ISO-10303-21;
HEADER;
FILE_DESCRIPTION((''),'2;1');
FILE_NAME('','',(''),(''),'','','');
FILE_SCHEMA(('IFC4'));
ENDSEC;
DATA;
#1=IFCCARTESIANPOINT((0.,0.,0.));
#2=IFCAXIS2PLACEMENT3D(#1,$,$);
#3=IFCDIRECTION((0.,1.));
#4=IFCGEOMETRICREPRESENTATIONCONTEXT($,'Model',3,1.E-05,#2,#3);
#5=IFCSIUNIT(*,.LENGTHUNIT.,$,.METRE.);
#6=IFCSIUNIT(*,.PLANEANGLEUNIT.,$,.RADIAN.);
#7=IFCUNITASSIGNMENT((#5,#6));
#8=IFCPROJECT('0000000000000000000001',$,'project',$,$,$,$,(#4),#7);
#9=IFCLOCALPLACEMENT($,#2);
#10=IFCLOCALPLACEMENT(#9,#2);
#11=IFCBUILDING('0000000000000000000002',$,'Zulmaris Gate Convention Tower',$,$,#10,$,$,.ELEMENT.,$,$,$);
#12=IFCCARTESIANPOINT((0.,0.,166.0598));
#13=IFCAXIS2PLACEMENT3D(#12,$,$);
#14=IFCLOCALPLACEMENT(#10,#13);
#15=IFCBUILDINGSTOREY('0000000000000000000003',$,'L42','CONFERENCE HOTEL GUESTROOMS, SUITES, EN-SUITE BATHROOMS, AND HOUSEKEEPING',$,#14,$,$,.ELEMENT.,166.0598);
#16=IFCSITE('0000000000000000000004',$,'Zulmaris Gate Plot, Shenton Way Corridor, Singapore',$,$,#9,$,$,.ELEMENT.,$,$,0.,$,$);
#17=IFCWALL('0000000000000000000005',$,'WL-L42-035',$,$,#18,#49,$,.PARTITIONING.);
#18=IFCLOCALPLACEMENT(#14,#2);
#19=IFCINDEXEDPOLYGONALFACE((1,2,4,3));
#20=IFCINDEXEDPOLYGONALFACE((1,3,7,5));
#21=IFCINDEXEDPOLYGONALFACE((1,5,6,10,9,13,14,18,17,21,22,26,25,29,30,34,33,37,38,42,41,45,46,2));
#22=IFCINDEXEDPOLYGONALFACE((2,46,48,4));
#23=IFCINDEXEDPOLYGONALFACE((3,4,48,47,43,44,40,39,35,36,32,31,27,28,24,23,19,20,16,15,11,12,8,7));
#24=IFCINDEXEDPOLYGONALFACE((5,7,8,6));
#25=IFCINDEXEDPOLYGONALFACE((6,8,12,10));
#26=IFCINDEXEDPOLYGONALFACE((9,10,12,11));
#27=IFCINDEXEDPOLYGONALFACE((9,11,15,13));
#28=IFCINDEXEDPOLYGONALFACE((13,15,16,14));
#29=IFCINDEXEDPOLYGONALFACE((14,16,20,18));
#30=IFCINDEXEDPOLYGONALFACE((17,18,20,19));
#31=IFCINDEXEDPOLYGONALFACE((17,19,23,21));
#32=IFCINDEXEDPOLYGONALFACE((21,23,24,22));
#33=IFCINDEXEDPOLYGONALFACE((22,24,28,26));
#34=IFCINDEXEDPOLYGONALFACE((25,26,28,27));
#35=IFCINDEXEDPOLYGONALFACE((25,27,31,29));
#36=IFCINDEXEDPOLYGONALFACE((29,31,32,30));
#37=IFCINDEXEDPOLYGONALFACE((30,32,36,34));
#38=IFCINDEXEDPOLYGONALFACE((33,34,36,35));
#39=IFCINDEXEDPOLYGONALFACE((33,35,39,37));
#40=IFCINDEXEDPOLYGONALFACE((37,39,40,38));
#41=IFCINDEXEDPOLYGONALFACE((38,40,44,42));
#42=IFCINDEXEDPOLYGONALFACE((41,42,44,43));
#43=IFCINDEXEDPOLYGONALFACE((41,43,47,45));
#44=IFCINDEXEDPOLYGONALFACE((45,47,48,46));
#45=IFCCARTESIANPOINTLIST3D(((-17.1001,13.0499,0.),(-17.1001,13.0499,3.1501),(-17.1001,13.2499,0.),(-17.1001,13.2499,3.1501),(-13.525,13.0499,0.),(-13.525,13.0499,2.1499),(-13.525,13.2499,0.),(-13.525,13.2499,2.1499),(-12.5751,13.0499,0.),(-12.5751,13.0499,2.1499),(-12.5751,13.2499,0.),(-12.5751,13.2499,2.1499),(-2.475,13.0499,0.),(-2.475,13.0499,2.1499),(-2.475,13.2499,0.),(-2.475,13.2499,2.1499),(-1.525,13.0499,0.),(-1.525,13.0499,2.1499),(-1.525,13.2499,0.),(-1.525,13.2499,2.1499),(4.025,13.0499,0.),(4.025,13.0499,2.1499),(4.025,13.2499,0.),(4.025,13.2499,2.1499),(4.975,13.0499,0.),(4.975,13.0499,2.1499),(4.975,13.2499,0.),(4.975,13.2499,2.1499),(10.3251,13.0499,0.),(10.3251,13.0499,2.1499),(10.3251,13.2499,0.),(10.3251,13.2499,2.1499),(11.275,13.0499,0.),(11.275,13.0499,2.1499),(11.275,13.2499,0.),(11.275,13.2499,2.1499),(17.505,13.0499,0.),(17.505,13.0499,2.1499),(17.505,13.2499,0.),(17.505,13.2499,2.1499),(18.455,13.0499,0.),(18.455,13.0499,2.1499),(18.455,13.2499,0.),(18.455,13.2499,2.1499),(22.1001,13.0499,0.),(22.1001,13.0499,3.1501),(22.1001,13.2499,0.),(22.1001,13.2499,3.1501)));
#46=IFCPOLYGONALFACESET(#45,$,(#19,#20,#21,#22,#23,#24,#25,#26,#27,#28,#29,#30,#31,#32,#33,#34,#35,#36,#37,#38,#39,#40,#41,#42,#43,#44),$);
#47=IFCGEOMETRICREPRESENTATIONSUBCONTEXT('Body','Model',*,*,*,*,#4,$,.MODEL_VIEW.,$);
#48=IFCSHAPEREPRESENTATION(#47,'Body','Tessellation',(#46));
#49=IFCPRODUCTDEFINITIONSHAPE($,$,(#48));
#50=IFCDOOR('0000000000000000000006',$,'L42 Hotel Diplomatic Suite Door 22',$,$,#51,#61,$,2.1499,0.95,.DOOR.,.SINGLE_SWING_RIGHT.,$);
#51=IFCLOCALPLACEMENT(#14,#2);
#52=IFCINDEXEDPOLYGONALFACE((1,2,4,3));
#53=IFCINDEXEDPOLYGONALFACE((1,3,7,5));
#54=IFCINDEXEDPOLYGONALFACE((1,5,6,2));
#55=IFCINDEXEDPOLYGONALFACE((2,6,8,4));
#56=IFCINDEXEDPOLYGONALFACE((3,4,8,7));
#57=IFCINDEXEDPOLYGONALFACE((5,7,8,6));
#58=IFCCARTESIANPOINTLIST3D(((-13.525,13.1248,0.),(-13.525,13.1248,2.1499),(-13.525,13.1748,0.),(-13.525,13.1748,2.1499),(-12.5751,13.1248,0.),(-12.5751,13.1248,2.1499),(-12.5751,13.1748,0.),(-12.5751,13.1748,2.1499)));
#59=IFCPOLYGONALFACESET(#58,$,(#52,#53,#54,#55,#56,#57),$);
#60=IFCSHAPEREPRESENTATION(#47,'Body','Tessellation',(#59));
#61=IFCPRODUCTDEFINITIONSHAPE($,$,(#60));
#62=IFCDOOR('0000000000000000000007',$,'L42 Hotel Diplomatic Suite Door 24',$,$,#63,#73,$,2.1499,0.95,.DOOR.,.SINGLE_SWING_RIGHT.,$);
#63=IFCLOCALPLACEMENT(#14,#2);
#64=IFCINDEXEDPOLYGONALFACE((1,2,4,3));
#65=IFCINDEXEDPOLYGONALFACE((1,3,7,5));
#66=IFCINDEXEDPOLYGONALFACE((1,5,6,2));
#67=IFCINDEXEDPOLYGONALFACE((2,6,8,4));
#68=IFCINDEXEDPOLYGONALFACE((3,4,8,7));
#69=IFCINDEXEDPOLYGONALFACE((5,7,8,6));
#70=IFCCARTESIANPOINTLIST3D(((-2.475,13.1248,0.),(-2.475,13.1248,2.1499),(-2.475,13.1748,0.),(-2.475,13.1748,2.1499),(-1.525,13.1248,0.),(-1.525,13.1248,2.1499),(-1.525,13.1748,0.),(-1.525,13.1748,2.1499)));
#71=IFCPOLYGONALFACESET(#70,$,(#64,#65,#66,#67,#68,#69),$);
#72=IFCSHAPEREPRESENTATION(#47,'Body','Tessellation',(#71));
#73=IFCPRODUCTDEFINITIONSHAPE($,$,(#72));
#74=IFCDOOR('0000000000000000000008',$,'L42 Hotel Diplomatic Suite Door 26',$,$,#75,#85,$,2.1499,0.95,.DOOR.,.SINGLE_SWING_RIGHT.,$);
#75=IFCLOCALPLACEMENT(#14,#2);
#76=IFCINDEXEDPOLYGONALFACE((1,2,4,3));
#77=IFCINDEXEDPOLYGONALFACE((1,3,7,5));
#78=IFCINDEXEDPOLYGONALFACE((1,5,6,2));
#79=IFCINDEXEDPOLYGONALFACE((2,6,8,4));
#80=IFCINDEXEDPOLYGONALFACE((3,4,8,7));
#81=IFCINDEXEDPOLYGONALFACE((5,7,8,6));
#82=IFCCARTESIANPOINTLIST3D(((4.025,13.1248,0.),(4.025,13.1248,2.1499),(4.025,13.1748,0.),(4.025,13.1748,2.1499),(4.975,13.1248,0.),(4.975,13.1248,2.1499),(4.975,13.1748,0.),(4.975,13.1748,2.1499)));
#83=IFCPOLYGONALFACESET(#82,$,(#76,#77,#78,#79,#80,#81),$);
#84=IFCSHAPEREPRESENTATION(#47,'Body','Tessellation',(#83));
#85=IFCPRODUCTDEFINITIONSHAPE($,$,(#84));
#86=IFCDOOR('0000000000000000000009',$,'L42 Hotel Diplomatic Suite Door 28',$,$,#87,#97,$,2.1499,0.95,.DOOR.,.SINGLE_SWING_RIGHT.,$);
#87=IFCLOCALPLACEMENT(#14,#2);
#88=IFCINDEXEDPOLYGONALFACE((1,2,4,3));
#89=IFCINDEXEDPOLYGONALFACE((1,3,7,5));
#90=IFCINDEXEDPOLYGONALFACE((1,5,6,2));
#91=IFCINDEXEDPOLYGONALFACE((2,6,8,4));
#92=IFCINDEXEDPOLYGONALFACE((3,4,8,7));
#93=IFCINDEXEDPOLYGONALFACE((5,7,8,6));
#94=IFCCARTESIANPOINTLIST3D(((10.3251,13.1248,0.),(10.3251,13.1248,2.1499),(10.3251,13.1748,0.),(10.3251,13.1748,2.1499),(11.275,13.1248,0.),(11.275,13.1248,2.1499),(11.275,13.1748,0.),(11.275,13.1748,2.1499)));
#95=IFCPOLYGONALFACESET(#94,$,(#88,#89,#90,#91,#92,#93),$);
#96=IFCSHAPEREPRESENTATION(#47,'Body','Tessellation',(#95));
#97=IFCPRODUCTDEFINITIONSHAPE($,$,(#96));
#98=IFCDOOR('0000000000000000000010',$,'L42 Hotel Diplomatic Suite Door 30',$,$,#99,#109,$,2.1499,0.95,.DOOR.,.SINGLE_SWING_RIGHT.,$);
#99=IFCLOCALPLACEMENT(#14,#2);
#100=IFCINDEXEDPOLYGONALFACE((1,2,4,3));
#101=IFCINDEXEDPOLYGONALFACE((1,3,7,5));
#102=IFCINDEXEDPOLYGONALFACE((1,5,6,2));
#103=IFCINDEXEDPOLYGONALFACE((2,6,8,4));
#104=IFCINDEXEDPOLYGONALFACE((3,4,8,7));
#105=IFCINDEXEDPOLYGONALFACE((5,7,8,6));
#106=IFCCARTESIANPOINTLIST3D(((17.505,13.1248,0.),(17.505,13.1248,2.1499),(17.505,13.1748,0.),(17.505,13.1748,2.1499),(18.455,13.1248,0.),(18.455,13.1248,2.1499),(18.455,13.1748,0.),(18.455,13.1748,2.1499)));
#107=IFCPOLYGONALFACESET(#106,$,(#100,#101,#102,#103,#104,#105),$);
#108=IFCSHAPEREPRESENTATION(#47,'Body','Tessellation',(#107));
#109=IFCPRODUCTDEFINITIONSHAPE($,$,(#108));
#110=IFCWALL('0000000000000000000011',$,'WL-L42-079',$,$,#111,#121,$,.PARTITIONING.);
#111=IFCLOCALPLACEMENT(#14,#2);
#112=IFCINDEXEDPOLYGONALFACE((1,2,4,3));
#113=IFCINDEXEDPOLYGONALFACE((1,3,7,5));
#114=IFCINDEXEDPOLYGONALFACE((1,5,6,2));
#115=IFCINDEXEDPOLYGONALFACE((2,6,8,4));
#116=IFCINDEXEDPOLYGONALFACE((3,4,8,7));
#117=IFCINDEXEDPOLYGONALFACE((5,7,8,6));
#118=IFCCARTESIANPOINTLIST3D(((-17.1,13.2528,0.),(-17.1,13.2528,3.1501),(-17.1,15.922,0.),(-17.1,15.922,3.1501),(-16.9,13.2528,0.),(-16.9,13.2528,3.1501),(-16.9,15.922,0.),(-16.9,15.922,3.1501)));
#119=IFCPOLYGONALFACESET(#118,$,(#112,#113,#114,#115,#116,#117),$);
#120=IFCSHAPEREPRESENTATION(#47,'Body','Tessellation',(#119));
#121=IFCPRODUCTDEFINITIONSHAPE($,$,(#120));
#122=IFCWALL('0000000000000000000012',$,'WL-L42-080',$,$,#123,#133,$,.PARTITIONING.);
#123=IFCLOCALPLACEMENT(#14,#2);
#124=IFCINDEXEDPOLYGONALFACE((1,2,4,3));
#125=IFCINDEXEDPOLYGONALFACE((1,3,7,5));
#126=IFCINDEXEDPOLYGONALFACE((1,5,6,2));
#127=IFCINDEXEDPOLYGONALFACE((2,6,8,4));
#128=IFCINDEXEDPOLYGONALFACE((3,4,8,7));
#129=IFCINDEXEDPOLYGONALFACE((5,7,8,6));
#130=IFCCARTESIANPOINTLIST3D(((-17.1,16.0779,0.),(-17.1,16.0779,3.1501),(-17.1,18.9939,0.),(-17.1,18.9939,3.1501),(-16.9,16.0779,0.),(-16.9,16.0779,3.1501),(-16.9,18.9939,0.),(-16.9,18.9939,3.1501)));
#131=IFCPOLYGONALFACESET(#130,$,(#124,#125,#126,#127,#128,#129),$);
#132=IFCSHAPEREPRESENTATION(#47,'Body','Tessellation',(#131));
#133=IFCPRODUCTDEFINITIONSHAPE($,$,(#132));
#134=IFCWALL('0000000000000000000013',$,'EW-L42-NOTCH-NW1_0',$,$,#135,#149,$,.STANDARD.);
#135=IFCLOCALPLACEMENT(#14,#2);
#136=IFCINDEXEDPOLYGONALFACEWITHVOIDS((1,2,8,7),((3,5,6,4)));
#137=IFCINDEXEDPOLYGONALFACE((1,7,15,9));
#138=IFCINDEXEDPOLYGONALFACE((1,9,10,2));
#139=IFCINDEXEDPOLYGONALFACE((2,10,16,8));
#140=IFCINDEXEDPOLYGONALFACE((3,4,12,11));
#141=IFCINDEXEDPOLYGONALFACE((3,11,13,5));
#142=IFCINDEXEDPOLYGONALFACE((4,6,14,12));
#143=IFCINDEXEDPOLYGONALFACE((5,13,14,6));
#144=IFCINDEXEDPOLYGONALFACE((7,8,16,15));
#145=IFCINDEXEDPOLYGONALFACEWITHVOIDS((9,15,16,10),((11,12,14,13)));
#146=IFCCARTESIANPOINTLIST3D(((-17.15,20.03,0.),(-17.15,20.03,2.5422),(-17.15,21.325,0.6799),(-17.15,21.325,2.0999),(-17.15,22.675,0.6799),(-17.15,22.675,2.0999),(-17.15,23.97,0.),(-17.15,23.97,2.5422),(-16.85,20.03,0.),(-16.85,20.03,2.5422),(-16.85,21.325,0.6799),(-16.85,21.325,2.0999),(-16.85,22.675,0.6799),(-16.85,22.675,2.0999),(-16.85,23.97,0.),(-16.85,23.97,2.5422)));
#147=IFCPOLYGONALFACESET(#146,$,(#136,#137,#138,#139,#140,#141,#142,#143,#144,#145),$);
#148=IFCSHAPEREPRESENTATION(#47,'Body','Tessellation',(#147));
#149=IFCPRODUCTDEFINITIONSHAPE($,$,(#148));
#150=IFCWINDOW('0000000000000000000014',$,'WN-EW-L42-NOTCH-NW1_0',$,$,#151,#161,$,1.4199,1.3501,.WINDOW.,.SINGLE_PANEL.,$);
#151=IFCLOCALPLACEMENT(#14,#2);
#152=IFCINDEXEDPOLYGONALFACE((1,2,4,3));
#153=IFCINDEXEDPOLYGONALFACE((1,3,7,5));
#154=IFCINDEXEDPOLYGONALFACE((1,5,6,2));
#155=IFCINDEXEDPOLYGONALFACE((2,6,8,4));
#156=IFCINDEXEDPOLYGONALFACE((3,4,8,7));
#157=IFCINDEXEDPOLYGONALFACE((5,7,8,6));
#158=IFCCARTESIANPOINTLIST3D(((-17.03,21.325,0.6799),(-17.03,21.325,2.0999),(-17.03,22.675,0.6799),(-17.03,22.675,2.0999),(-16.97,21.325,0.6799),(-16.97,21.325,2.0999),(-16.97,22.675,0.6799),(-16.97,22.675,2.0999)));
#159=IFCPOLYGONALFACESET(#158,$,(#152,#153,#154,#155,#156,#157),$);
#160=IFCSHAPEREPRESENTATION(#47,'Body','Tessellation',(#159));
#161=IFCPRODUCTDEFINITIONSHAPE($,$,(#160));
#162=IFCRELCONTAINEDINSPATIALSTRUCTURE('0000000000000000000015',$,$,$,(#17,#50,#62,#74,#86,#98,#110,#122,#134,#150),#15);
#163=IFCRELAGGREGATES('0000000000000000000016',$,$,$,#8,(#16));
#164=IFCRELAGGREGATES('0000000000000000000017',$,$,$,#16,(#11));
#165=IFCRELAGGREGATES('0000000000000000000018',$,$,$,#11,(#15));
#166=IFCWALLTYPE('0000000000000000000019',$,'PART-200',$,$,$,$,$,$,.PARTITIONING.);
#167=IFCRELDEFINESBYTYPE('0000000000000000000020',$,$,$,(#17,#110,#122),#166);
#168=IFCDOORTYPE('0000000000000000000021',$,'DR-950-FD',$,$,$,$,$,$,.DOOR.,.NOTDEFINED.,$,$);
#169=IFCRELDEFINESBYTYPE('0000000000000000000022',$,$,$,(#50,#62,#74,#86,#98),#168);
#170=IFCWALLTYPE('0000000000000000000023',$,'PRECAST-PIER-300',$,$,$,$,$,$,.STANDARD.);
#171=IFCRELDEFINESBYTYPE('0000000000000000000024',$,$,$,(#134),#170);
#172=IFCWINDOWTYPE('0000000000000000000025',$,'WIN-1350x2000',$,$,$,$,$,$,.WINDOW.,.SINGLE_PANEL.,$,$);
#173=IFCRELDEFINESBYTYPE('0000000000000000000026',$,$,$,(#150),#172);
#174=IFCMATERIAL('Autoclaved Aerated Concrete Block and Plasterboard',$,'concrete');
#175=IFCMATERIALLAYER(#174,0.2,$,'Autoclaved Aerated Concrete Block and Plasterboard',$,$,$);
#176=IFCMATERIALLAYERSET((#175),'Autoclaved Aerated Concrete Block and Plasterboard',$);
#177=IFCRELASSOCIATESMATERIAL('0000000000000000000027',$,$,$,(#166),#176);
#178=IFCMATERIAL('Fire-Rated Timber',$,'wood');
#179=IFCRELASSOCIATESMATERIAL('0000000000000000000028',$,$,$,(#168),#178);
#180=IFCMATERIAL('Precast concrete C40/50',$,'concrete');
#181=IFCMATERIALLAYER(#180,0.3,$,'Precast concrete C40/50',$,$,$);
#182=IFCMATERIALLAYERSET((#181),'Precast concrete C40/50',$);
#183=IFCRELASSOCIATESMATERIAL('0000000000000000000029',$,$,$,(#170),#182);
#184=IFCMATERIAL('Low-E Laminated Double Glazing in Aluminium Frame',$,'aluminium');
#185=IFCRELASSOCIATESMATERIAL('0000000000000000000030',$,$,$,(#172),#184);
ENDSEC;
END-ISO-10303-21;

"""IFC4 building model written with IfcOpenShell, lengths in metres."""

from ifc_helpers import new_model, si_unit, direction, frame, frame_2d, origin, place, context, subcontext, project, spatial, rectangle, extrude, material, layer, layer_set, type_object, element, fill, save


model = new_model("IFC4")

# Units and contexts
model_context = context("Model", 3, precision=1e-05, world=origin(), true_north=direction((0.0, 1.0)))
body_context = subcontext(model_context, "Body", "Model", "MODEL_VIEW")
ifc_project = project(units=[si_unit("LENGTHUNIT", "METRE"), si_unit("PLANEANGLEUNIT", "RADIAN")], contexts=[model_context])

# Site, building, storey
site_placement = place(None, origin())
site = spatial("IfcSite", under=ifc_project, at=site_placement, Name="Zulmaris Gate Plot, Shenton Way Corridor, Singapore", CompositionType="ELEMENT", RefElevation=0.0)
building_placement = place(site_placement, origin())
building = spatial("IfcBuilding", under=site, at=building_placement, Name="Zulmaris Gate Convention Tower", CompositionType="ELEMENT")
storey_placement = place(building_placement, frame((0.0, 0.0, 166.0598)))
storey = spatial("IfcBuildingStorey", under=building, at=storey_placement, Name="L42", Description="CONFERENCE HOTEL GUESTROOMS, SUITES, EN-SUITE BATHROOMS, AND HOUSEKEEPING", CompositionType="ELEMENT", Elevation=166.0598)

# Wall, openings, doors
ifc_material_1 = material(Name="Autoclaved Aerated Concrete Block and Plasterboard", Category="concrete")
ifc_layer_1 = layer(ifc_material_1, 0.2, Name="Autoclaved Aerated Concrete Block and Plasterboard")
ifc_layer_set_1 = layer_set([ifc_layer_1], Name="Autoclaved Aerated Concrete Block and Plasterboard")
wall_type_1 = type_object("IfcWallType", Name="PART-200", PredefinedType="PARTITIONING", material=ifc_layer_set_1)
wall_1_placement = place(storey_placement, frame((-17.1001, 13.1499, 0.0), z_axis=(0.0, 0.0, 1.0), x_axis=(1.0, 0.0, 0.0)))
wall_1 = element("IfcWall", 1, at=wall_1_placement, inside=storey, type_object=wall_type_1, Name="WL-L42-035", PredefinedType="PARTITIONING", context=body_context, shape_type="SweptSolid", body=[
    extrude(rectangle(XDim=39.2002, YDim=0.2, at=frame_2d((19.6001, 0.0))), origin(), (0.0, 0.0, 1.0), 3.1501),
])
opening_1_placement = place(wall_1_placement, frame((3.575, 0.0, 0.0)))
opening_1 = element("IfcOpeningElement", 2, at=opening_1_placement, cuts=wall_1, PredefinedType="OPENING", context=body_context, shape_type="SweptSolid", body=[
    extrude(rectangle(XDim=0.95, YDim=2.1499, at=frame_2d((0.4751, 1.075))), frame((0.0, 0.1099, 0.0), z_axis=(0.0, -1.0, 0.0), x_axis=(1.0, 0.0, 0.0)), (0.0, 0.0, 1.0), 0.22),
])
opening_2_placement = place(wall_1_placement, frame((14.625, 0.0, 0.0)))
opening_2 = element("IfcOpeningElement", 3, at=opening_2_placement, cuts=wall_1, PredefinedType="OPENING", context=body_context, shape_type="SweptSolid", body=[
    extrude(rectangle(XDim=0.95, YDim=2.1499, at=frame_2d((0.4751, 1.075))), frame((0.0, 0.1099, 0.0), z_axis=(0.0, -1.0, 0.0), x_axis=(1.0, 0.0, 0.0)), (0.0, 0.0, 1.0), 0.22),
])
opening_3_placement = place(wall_1_placement, frame((21.125, 0.0, 0.0)))
opening_3 = element("IfcOpeningElement", 4, at=opening_3_placement, cuts=wall_1, PredefinedType="OPENING", context=body_context, shape_type="SweptSolid", body=[
    extrude(rectangle(XDim=0.95, YDim=2.1499, at=frame_2d((0.4751, 1.075))), frame((0.0, 0.1099, 0.0), z_axis=(0.0, -1.0, 0.0), x_axis=(1.0, 0.0, 0.0)), (0.0, 0.0, 1.0), 0.22),
])
opening_4_placement = place(wall_1_placement, frame((27.425, 0.0, 0.0)))
opening_4 = element("IfcOpeningElement", 5, at=opening_4_placement, cuts=wall_1, PredefinedType="OPENING", context=body_context, shape_type="SweptSolid", body=[
    extrude(rectangle(XDim=0.95, YDim=2.1499, at=frame_2d((0.4751, 1.075))), frame((0.0, 0.1099, 0.0), z_axis=(0.0, -1.0, 0.0), x_axis=(1.0, 0.0, 0.0)), (0.0, 0.0, 1.0), 0.22),
])
opening_5_placement = place(wall_1_placement, frame((34.605, 0.0, 0.0)))
opening_5 = element("IfcOpeningElement", 6, at=opening_5_placement, cuts=wall_1, PredefinedType="OPENING", context=body_context, shape_type="SweptSolid", body=[
    extrude(rectangle(XDim=0.95, YDim=2.1499, at=frame_2d((0.4751, 1.075))), frame((0.0, 0.1099, 0.0), z_axis=(0.0, -1.0, 0.0), x_axis=(1.0, 0.0, 0.0)), (0.0, 0.0, 1.0), 0.22),
])
ifc_material_2 = material(Name="Fire-Rated Timber", Category="wood")
door_type_1 = type_object("IfcDoorType", Name="DR-950-FD", OperationType="NOTDEFINED", PredefinedType="DOOR", material=ifc_material_2)
door_1_placement = place(opening_1_placement, origin())
door_1 = element("IfcDoor", 7, at=door_1_placement, inside=storey, type_object=door_type_1, Name="L42 Hotel Diplomatic Suite Door 22", OperationType="SINGLE_SWING_RIGHT", OverallHeight=2.1499, OverallWidth=0.95, PredefinedType="DOOR", context=body_context, shape_type="SweptSolid", body=[
    extrude(rectangle(XDim=0.95, YDim=2.1499, at=frame_2d((0.4751, 1.075))), frame((0.0, 0.0249, 0.0), z_axis=(0.0, -1.0, 0.0), x_axis=(1.0, 0.0, 0.0)), (0.0, 0.0, 1.0), 0.05),
])
fill(opening_1, door_1)
door_2_placement = place(opening_2_placement, origin())
door_2 = element("IfcDoor", 8, at=door_2_placement, inside=storey, type_object=door_type_1, Name="L42 Hotel Diplomatic Suite Door 24", OperationType="SINGLE_SWING_RIGHT", OverallHeight=2.1499, OverallWidth=0.95, PredefinedType="DOOR", context=body_context, shape_type="SweptSolid", body=[
    extrude(rectangle(XDim=0.95, YDim=2.1499, at=frame_2d((0.4751, 1.075))), frame((0.0, 0.0249, 0.0), z_axis=(0.0, -1.0, 0.0), x_axis=(1.0, 0.0, 0.0)), (0.0, 0.0, 1.0), 0.05),
])
fill(opening_2, door_2)
door_3_placement = place(opening_3_placement, origin())
door_3 = element("IfcDoor", 9, at=door_3_placement, inside=storey, type_object=door_type_1, Name="L42 Hotel Diplomatic Suite Door 26", OperationType="SINGLE_SWING_RIGHT", OverallHeight=2.1499, OverallWidth=0.95, PredefinedType="DOOR", context=body_context, shape_type="SweptSolid", body=[
    extrude(rectangle(XDim=0.95, YDim=2.1499, at=frame_2d((0.4751, 1.075))), frame((0.0, 0.0249, 0.0), z_axis=(0.0, -1.0, 0.0), x_axis=(1.0, 0.0, 0.0)), (0.0, 0.0, 1.0), 0.05),
])
fill(opening_3, door_3)
door_4_placement = place(opening_4_placement, origin())
door_4 = element("IfcDoor", 10, at=door_4_placement, inside=storey, type_object=door_type_1, Name="L42 Hotel Diplomatic Suite Door 28", OperationType="SINGLE_SWING_RIGHT", OverallHeight=2.1499, OverallWidth=0.95, PredefinedType="DOOR", context=body_context, shape_type="SweptSolid", body=[
    extrude(rectangle(XDim=0.95, YDim=2.1499, at=frame_2d((0.4751, 1.075))), frame((0.0, 0.0249, 0.0), z_axis=(0.0, -1.0, 0.0), x_axis=(1.0, 0.0, 0.0)), (0.0, 0.0, 1.0), 0.05),
])
fill(opening_4, door_4)
door_5_placement = place(opening_5_placement, origin())
door_5 = element("IfcDoor", 11, at=door_5_placement, inside=storey, type_object=door_type_1, Name="L42 Hotel Diplomatic Suite Door 30", OperationType="SINGLE_SWING_RIGHT", OverallHeight=2.1499, OverallWidth=0.95, PredefinedType="DOOR", context=body_context, shape_type="SweptSolid", body=[
    extrude(rectangle(XDim=0.95, YDim=2.1499, at=frame_2d((0.4751, 1.075))), frame((0.0, 0.0249, 0.0), z_axis=(0.0, -1.0, 0.0), x_axis=(1.0, 0.0, 0.0)), (0.0, 0.0, 1.0), 0.05),
])
fill(opening_5, door_5)

# Walls
wall_2_placement = place(storey_placement, frame((-17.0, 13.2529, 0.0), z_axis=(0.0, 0.0, 1.0), x_axis=(0.0, 1.0, 0.0)))
element("IfcWall", 12, at=wall_2_placement, inside=storey, type_object=wall_type_1, Name="WL-L42-079", PredefinedType="PARTITIONING", context=body_context, shape_type="SweptSolid", body=[
    extrude(rectangle(XDim=2.6692, YDim=0.2, at=frame_2d((1.3345, 0.0))), origin(), (0.0, 0.0, 1.0), 3.1501),
])
wall_3_placement = place(storey_placement, frame((-17.0, 16.0779, 0.0), z_axis=(0.0, 0.0, 1.0), x_axis=(0.0, 1.0, 0.0)))
element("IfcWall", 13, at=wall_3_placement, inside=storey, type_object=wall_type_1, Name="WL-L42-080", PredefinedType="PARTITIONING", context=body_context, shape_type="SweptSolid", body=[
    extrude(rectangle(XDim=2.916, YDim=0.2, at=frame_2d((1.458, 0.0))), origin(), (0.0, 0.0, 1.0), 3.1501),
])

# Wall, opening, window
ifc_material_3 = material(Name="Precast concrete C40/50", Category="concrete")
ifc_layer_2 = layer(ifc_material_3, 0.3, Name="Precast concrete C40/50")
ifc_layer_set_2 = layer_set([ifc_layer_2], Name="Precast concrete C40/50")
wall_type_2 = type_object("IfcWallType", Name="PRECAST-PIER-300", PredefinedType="STANDARD", material=ifc_layer_set_2)
wall_4_placement = place(storey_placement, frame((-17.0, 23.97, 0.0), z_axis=(0.0, 0.0, 1.0), x_axis=(0.0, -1.0, 0.0)))
wall_4 = element("IfcWall", 14, at=wall_4_placement, inside=storey, type_object=wall_type_2, Name="EW-L42-NOTCH-NW1_0", PredefinedType="STANDARD", context=body_context, shape_type="SweptSolid", body=[
    extrude(rectangle(XDim=3.9399, YDim=0.3, at=frame_2d((1.97, 0.0))), origin(), (0.0, 0.0, 1.0), 2.5422),
])
opening_6_placement = place(wall_4_placement, frame((1.2949, 0.0, 0.6799)))
opening_6 = element("IfcOpeningElement", 15, at=opening_6_placement, cuts=wall_4, PredefinedType="OPENING", context=body_context, shape_type="SweptSolid", body=[
    extrude(rectangle(XDim=1.3501, YDim=1.4199, at=frame_2d((0.675, 0.71))), frame((0.0, 0.1602, 0.0), z_axis=(0.0, -1.0, 0.0), x_axis=(1.0, 0.0, 0.0)), (0.0, 0.0, 1.0), 0.3201),
])
ifc_material_4 = material(Name="Low-E Laminated Double Glazing in Aluminium Frame", Category="aluminium")
window_type = type_object("IfcWindowType", Name="WIN-1350x2000", PartitioningType="SINGLE_PANEL", PredefinedType="WINDOW", material=ifc_material_4)
window_1_placement = place(opening_6_placement, origin())
window_1 = element("IfcWindow", 16, at=window_1_placement, inside=storey, type_object=window_type, Name="WN-EW-L42-NOTCH-NW1_0", OverallHeight=1.4199, OverallWidth=1.3501, PartitioningType="SINGLE_PANEL", PredefinedType="WINDOW", context=body_context, shape_type="SweptSolid", body=[
    extrude(rectangle(XDim=1.3501, YDim=1.4199, at=frame_2d((0.675, 0.71))), frame((0.0, 0.03, 0.0), z_axis=(0.0, -1.0, 0.0), x_axis=(1.0, 0.0, 0.0)), (0.0, 0.0, 1.0), 0.0601),
])
fill(opening_6, window_1)

save(model, "model.ifc")
